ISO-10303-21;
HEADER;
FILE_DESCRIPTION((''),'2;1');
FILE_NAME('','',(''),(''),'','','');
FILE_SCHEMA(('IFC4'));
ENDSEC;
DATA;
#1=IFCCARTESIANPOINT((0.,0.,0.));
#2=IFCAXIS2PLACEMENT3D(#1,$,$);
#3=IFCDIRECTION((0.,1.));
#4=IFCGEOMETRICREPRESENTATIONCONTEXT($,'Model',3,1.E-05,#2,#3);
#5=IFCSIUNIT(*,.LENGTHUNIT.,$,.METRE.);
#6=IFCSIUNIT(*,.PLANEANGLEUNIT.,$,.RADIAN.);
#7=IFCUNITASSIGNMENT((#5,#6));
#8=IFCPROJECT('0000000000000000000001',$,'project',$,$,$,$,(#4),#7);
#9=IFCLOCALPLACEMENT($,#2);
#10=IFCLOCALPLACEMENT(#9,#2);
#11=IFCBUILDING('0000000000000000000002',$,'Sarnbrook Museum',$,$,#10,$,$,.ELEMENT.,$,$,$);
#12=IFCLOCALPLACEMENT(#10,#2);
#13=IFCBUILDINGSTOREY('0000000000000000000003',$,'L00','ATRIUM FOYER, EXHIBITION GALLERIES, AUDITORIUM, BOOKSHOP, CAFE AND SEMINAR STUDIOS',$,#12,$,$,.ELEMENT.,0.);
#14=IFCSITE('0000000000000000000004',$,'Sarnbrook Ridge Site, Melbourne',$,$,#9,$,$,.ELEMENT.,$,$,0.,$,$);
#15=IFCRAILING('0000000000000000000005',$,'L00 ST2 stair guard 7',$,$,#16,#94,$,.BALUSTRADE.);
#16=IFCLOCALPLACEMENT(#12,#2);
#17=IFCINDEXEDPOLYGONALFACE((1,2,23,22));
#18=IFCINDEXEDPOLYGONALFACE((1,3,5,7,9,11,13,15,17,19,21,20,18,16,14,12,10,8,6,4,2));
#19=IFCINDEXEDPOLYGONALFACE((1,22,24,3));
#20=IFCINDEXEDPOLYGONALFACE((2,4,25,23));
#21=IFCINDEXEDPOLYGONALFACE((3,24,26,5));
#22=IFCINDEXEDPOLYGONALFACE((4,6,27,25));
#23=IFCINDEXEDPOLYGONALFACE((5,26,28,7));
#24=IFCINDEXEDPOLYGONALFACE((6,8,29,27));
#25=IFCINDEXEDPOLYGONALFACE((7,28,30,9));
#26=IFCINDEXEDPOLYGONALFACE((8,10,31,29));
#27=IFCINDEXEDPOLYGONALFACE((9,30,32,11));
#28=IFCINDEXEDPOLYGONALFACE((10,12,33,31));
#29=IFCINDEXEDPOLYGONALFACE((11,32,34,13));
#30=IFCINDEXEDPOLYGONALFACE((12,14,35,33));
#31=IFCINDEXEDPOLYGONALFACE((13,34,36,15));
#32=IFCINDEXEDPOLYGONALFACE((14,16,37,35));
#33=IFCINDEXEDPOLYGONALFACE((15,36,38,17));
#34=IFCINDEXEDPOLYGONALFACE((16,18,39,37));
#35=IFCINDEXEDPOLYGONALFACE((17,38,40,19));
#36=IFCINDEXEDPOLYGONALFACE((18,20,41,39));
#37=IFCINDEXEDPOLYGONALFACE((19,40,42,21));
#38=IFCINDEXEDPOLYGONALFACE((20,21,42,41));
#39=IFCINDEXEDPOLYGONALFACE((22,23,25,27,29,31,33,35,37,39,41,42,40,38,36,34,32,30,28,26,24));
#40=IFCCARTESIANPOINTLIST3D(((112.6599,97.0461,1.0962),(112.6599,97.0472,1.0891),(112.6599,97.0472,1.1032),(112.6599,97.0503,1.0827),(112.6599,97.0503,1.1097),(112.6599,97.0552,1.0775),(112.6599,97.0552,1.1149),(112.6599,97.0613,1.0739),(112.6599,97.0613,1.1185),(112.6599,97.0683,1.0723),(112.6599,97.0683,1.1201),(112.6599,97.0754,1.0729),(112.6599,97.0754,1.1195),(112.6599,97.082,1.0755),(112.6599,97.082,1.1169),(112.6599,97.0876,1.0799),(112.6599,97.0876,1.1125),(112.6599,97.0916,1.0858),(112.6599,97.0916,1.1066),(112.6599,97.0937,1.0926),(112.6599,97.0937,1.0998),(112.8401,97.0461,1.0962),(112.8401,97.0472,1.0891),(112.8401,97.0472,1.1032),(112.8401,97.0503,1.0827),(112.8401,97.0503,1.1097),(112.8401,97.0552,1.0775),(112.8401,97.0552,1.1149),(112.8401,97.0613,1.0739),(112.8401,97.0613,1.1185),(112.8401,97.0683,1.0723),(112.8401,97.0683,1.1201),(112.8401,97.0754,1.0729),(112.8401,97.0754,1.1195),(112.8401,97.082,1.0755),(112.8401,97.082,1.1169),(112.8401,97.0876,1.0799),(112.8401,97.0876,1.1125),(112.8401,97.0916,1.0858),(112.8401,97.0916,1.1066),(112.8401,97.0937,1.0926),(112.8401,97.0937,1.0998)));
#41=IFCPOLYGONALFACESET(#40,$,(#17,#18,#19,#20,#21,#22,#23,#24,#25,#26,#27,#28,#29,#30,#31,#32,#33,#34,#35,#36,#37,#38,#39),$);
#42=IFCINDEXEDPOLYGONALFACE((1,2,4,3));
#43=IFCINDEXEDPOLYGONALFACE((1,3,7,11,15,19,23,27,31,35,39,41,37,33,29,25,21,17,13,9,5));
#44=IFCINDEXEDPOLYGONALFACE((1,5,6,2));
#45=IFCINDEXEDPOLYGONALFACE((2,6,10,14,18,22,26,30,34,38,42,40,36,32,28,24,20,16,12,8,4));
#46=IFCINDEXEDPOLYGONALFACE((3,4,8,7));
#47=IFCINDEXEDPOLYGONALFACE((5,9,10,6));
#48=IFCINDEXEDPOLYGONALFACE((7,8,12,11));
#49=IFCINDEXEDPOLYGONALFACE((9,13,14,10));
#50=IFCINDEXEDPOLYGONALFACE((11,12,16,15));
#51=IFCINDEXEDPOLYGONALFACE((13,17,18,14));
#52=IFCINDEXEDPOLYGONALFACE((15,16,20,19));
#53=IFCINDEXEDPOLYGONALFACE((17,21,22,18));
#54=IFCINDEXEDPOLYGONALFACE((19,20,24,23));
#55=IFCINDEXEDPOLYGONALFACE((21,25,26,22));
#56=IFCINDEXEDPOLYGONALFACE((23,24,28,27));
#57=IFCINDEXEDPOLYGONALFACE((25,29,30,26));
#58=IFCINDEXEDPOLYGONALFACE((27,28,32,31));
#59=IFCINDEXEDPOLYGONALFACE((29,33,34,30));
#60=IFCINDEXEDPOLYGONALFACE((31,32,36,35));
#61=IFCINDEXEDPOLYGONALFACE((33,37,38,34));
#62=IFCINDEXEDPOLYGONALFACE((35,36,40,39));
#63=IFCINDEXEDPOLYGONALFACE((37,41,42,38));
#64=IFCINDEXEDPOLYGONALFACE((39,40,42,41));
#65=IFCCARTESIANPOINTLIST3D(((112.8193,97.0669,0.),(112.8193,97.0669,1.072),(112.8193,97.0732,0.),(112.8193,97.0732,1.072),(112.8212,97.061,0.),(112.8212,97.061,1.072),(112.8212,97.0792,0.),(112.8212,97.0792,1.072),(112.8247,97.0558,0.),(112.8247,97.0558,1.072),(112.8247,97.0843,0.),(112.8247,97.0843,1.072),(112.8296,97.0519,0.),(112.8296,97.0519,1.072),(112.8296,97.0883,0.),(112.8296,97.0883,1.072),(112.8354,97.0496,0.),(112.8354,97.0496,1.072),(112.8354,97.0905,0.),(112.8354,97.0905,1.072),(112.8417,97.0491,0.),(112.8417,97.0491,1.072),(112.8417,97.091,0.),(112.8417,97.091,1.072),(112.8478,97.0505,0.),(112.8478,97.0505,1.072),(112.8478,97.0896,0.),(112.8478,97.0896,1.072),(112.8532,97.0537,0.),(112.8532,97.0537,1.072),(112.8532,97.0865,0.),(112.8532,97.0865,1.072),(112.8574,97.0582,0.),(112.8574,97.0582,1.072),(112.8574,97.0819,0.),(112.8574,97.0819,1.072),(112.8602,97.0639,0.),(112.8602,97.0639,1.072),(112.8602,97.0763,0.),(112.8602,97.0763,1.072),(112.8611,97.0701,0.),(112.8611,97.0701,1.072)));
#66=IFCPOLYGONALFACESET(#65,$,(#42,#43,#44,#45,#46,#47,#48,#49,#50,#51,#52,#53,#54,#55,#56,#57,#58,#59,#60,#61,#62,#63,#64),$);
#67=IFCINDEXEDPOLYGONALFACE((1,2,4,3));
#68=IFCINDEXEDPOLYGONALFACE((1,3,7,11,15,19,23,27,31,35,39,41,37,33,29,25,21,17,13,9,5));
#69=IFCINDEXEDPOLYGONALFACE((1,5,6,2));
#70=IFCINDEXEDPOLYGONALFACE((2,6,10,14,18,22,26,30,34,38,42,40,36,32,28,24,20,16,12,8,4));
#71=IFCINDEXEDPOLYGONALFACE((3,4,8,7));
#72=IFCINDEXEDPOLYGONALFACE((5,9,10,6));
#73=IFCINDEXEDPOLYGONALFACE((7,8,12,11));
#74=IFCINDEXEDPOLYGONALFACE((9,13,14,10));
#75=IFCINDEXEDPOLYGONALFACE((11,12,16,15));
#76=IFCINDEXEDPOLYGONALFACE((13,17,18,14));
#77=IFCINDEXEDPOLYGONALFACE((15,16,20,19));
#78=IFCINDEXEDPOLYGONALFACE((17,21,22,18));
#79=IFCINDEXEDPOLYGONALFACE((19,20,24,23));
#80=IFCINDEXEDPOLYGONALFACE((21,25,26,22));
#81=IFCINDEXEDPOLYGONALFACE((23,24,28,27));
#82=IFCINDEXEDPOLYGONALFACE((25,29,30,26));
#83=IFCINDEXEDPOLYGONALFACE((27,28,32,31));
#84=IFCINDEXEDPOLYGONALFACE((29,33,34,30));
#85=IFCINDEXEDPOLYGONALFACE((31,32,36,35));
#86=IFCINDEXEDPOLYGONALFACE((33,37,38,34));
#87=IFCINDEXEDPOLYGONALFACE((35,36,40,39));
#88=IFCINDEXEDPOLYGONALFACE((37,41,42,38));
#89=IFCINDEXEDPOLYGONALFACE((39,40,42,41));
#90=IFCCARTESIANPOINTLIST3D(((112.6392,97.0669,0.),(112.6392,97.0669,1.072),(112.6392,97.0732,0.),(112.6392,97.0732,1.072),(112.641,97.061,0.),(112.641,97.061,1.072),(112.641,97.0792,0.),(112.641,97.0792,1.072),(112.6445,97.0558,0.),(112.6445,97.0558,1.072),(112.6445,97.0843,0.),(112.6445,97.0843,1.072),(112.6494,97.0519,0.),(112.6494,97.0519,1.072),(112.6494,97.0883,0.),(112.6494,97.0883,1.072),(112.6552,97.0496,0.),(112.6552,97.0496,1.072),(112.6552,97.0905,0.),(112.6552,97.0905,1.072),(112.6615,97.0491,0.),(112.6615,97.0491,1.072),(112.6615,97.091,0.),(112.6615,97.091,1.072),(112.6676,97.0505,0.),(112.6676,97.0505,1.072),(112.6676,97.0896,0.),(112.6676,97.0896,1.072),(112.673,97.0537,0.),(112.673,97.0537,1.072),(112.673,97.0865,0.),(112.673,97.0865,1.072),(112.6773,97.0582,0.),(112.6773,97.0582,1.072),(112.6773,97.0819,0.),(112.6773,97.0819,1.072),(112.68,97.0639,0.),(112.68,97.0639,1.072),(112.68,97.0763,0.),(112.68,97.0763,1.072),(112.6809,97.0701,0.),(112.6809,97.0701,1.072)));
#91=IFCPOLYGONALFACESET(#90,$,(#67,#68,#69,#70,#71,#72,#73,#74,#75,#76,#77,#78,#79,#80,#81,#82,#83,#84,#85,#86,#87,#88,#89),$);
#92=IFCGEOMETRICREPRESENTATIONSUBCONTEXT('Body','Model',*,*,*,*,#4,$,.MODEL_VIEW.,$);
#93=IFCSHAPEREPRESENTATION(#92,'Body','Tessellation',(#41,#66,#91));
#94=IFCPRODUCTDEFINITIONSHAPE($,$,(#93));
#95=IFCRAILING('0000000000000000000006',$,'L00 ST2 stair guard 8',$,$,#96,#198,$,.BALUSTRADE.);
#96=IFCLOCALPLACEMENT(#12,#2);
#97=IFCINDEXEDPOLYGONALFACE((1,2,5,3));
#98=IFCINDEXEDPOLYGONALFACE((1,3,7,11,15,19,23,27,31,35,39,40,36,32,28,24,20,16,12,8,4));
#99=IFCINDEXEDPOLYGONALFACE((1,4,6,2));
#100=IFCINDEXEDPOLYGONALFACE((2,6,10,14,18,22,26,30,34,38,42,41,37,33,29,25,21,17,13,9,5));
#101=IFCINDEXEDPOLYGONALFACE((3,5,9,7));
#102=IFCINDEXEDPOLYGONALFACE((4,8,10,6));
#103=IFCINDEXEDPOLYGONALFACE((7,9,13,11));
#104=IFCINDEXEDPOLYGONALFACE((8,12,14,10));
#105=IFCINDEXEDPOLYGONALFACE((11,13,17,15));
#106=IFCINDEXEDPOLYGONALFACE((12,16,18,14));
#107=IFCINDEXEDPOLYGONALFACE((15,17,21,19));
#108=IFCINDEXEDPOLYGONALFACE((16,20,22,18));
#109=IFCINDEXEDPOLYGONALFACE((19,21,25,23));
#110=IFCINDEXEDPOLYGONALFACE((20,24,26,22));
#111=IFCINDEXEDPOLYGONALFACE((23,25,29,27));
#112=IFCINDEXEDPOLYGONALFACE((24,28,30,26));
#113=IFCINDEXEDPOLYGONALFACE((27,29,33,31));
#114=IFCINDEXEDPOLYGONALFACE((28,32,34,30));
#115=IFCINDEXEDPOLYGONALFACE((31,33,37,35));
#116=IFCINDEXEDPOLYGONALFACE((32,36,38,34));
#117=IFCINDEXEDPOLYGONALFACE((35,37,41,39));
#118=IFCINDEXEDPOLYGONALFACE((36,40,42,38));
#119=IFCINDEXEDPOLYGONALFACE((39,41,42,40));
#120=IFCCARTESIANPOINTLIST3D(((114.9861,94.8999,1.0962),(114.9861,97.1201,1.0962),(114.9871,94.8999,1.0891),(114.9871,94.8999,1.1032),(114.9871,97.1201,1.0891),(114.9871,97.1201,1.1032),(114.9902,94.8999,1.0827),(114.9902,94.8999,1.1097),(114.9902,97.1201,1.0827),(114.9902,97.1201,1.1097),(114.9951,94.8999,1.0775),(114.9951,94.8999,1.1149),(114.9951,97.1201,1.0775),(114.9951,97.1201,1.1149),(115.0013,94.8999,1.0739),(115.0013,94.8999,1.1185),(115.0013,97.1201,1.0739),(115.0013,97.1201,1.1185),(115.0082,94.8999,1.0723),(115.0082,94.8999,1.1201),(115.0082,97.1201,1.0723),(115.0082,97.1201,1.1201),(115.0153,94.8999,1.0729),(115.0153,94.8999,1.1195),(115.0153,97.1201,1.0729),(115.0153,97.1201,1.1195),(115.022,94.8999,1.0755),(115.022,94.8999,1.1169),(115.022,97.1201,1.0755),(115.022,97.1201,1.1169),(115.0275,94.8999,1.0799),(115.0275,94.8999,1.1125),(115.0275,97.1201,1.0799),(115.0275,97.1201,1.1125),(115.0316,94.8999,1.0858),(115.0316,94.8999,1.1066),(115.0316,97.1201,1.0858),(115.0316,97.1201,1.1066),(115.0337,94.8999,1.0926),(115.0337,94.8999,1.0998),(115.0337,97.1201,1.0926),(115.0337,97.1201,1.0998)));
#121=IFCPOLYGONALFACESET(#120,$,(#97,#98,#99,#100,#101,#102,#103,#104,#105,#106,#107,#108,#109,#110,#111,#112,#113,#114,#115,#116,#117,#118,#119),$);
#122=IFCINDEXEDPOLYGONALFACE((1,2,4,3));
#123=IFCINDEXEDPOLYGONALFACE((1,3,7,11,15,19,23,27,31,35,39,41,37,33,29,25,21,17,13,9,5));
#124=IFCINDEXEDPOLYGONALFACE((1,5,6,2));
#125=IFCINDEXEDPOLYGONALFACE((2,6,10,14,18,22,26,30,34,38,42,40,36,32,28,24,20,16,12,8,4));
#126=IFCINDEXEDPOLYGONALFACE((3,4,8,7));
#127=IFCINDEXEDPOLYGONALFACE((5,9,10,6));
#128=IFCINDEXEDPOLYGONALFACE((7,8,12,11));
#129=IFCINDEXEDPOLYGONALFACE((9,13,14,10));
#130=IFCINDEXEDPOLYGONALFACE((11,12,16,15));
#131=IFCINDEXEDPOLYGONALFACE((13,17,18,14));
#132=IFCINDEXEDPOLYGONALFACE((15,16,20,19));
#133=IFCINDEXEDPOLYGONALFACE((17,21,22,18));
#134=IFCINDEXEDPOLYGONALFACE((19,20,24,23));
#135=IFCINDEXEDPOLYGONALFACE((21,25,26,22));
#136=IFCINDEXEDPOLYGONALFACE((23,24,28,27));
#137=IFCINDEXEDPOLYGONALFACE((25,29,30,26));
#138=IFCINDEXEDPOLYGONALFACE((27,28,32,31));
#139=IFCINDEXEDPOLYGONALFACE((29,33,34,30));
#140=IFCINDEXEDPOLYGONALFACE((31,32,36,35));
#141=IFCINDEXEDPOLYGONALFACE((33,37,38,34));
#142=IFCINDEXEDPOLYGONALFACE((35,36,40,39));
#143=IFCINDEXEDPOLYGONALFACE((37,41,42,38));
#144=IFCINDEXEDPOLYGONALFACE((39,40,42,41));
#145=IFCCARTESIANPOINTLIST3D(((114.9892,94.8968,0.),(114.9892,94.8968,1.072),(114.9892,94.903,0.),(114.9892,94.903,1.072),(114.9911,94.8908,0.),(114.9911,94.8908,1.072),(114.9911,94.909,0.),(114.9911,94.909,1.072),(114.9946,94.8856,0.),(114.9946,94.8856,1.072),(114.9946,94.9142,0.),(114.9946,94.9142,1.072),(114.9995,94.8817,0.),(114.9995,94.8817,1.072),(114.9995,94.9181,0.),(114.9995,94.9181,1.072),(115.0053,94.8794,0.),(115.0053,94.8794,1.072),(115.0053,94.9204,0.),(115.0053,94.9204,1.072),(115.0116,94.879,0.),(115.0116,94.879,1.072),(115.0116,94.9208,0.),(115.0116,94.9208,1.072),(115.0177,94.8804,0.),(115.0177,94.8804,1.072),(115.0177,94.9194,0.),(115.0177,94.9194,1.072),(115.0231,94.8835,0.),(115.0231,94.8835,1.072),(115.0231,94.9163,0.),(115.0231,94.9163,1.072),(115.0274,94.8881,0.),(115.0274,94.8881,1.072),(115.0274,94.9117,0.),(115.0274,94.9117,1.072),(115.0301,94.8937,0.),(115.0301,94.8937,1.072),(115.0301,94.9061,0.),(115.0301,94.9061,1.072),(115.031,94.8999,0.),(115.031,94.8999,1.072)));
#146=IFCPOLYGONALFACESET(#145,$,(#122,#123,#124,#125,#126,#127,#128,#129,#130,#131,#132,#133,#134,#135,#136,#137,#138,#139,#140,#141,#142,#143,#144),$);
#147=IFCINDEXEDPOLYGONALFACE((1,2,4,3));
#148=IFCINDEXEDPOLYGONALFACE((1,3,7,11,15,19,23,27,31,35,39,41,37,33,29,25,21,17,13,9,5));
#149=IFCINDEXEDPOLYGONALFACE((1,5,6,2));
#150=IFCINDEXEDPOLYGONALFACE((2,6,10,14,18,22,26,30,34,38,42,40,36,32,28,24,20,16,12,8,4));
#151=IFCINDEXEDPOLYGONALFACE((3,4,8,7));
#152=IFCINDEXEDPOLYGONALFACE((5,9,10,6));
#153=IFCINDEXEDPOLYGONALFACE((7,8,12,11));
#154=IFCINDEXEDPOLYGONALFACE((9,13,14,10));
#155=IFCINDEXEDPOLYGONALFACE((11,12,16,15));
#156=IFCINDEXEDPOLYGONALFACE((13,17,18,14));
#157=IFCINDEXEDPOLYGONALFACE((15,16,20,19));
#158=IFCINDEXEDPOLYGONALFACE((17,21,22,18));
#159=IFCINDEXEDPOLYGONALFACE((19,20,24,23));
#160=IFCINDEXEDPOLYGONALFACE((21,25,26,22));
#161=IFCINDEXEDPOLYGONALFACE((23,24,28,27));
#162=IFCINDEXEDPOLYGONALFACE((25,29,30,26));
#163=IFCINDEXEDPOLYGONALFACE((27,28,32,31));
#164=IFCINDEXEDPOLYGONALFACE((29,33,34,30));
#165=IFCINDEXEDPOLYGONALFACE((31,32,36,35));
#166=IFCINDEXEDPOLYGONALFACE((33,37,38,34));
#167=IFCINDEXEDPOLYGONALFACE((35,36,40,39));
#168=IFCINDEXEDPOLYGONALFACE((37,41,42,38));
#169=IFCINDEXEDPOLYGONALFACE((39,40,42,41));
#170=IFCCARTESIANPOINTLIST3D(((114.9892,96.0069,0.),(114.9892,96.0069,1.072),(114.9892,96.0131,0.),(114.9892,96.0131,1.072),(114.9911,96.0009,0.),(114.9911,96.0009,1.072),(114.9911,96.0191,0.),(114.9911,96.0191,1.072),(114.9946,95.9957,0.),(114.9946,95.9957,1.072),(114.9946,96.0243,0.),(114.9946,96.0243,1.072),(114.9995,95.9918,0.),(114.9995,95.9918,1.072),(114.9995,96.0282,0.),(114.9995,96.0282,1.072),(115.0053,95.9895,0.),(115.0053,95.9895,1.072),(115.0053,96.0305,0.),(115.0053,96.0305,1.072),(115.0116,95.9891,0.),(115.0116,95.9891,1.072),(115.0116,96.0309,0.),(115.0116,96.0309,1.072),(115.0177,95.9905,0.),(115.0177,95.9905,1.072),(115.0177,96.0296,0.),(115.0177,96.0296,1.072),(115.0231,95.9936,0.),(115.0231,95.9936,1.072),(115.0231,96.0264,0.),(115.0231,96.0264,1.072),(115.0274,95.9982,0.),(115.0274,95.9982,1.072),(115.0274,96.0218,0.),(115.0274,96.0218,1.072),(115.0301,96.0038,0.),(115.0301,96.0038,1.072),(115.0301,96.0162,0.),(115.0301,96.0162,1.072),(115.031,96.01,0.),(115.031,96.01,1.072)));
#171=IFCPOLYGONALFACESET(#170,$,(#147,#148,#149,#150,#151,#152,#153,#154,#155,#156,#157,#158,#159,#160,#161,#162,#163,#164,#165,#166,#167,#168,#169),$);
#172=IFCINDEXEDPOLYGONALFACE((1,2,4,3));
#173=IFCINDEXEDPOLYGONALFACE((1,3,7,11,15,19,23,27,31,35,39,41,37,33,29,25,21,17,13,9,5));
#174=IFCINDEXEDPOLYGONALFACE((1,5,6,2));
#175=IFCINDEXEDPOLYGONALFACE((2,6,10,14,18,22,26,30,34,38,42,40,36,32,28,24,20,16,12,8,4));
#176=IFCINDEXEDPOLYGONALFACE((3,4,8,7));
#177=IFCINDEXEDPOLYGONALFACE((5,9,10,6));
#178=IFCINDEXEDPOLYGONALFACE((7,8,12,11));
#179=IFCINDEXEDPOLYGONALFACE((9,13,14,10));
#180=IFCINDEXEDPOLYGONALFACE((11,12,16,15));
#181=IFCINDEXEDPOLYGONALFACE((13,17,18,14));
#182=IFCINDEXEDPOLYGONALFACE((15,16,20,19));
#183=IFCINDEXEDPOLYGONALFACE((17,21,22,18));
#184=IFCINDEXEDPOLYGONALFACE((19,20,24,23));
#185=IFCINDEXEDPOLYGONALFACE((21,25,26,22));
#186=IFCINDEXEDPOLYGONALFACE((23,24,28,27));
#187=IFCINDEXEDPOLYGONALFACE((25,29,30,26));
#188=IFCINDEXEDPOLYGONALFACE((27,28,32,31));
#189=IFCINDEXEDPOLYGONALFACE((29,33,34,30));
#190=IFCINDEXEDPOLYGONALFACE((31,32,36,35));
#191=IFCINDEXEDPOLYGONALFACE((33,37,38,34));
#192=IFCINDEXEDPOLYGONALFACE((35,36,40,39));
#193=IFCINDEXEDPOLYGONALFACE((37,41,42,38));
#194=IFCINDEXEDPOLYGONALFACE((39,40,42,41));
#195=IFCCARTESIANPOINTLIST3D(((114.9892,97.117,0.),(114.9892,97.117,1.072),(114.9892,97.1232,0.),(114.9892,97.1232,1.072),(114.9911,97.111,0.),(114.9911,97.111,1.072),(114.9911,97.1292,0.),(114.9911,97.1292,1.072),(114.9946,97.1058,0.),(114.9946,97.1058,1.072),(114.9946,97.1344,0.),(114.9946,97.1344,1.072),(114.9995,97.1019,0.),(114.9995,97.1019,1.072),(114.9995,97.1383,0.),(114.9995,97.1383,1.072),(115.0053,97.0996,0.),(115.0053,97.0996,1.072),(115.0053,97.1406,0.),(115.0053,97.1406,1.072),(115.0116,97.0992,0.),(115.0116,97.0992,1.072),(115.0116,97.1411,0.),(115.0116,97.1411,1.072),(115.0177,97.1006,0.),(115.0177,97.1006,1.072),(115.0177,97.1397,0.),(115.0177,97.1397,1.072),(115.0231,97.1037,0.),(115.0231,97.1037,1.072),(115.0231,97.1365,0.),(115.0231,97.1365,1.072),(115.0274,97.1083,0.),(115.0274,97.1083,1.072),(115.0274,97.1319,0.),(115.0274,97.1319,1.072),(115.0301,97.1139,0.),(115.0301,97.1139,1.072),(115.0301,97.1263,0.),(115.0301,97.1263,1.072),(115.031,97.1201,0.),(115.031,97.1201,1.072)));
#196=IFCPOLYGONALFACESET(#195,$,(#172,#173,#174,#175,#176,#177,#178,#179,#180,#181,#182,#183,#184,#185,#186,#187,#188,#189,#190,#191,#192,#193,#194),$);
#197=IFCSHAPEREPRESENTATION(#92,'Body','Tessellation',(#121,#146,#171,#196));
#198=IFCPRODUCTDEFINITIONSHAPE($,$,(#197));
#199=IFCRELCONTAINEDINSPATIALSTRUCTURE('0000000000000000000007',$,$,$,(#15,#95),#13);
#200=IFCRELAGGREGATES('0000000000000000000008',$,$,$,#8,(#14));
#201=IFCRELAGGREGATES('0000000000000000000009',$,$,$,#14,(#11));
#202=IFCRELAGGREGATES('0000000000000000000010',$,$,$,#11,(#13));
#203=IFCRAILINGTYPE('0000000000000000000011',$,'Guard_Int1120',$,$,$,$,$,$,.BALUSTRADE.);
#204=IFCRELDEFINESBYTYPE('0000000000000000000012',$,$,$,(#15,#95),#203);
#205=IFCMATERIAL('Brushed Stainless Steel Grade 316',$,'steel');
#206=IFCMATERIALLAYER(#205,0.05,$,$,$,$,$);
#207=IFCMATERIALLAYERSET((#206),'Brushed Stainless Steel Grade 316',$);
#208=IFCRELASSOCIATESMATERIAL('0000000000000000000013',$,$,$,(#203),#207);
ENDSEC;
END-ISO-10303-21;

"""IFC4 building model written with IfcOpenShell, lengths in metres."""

from ifc_helpers import new_model, si_unit, direction, frame, origin, origin_2d, place, context, subcontext, project, spatial, circle, extrude, material, layer, layer_set, type_object, element, save


model = new_model("IFC4")

# Units and contexts
model_context = context("Model", 3, precision=1e-05, world=origin(), true_north=direction((0.0, 1.0)))
body_context = subcontext(model_context, "Body", "Model", "MODEL_VIEW")
ifc_project = project(units=[si_unit("LENGTHUNIT", "METRE"), si_unit("PLANEANGLEUNIT", "RADIAN")], contexts=[model_context])

# Site, building, storey
site_placement = place(None, origin())
site = spatial("IfcSite", under=ifc_project, at=site_placement, Name="Sarnbrook Ridge Site, Melbourne", CompositionType="ELEMENT", RefElevation=0.0)
building_placement = place(site_placement, origin())
building = spatial("IfcBuilding", under=site, at=building_placement, Name="Sarnbrook Museum", CompositionType="ELEMENT")
storey_placement = place(building_placement, origin())
storey = spatial("IfcBuildingStorey", under=building, at=storey_placement, Name="L00", Description="ATRIUM FOYER, EXHIBITION GALLERIES, AUDITORIUM, BOOKSHOP, CAFE AND SEMINAR STUDIOS", CompositionType="ELEMENT", Elevation=0.0)

# Shared definitions
ifc_material_1 = material(Name="Brushed Stainless Steel Grade 316", Category="steel")

# Railings
ifc_layer_1 = layer(ifc_material_1, 0.05)
ifc_layer_set_1 = layer_set([ifc_layer_1], Name="Brushed Stainless Steel Grade 316")
railing_type_1 = type_object("IfcRailingType", Name="Guard_Int1120", PredefinedType="BALUSTRADE", material=ifc_layer_set_1)
railing_1_placement = place(storey_placement, frame((112.8401, 97.0701, 0.0)))
element("IfcRailing", 1, at=railing_1_placement, inside=storey, type_object=railing_type_1, Name="L00 ST2 stair guard 7", PredefinedType="BALUSTRADE", context=body_context, shape_type="SweptSolid", body=[
    extrude(circle(Radius=0.0239, at=origin_2d()), frame((0.0, 0.0, 1.0962), z_axis=(-1.0, 0.0, 0.0), x_axis=(0.0, -1.0, 0.0)), (0.0, 0.0, 1.0), 0.1802),
    extrude(circle(Radius=0.021, at=origin_2d()), origin(), (0.0, 0.0, 1.0), 1.072),
    extrude(circle(Radius=0.021, at=origin_2d()), frame((-0.1802, 0.0, 0.0)), (0.0, 0.0, 1.0), 1.072),
])
for number, where, name in (
    (2, (115.01, 94.8999, 0.0), "L00 ST2 stair guard 8"),
):
    element("IfcRailing", number, at=place(storey_placement, frame(where)), inside=storey, type_object=railing_type_1, Name=name, PredefinedType="BALUSTRADE", context=body_context, shape_type="SweptSolid", body=[
        extrude(circle(Radius=0.0239, at=origin_2d()), frame((0.0, 0.0, 1.0962), z_axis=(0.0, 1.0, 0.0), x_axis=(-1.0, 0.0, 0.0)), (0.0, 0.0, 1.0), 2.2202),
        extrude(circle(Radius=0.021, at=origin_2d()), origin(), (0.0, 0.0, 1.0), 1.072),
        extrude(circle(Radius=0.021, at=origin_2d()), frame((0.0, 1.1101, 0.0)), (0.0, 0.0, 1.0), 1.072),
        extrude(circle(Radius=0.021, at=origin_2d()), frame((0.0, 2.2202, 0.0)), (0.0, 0.0, 1.0), 1.072),
    ])

save(model, "model.ifc")
